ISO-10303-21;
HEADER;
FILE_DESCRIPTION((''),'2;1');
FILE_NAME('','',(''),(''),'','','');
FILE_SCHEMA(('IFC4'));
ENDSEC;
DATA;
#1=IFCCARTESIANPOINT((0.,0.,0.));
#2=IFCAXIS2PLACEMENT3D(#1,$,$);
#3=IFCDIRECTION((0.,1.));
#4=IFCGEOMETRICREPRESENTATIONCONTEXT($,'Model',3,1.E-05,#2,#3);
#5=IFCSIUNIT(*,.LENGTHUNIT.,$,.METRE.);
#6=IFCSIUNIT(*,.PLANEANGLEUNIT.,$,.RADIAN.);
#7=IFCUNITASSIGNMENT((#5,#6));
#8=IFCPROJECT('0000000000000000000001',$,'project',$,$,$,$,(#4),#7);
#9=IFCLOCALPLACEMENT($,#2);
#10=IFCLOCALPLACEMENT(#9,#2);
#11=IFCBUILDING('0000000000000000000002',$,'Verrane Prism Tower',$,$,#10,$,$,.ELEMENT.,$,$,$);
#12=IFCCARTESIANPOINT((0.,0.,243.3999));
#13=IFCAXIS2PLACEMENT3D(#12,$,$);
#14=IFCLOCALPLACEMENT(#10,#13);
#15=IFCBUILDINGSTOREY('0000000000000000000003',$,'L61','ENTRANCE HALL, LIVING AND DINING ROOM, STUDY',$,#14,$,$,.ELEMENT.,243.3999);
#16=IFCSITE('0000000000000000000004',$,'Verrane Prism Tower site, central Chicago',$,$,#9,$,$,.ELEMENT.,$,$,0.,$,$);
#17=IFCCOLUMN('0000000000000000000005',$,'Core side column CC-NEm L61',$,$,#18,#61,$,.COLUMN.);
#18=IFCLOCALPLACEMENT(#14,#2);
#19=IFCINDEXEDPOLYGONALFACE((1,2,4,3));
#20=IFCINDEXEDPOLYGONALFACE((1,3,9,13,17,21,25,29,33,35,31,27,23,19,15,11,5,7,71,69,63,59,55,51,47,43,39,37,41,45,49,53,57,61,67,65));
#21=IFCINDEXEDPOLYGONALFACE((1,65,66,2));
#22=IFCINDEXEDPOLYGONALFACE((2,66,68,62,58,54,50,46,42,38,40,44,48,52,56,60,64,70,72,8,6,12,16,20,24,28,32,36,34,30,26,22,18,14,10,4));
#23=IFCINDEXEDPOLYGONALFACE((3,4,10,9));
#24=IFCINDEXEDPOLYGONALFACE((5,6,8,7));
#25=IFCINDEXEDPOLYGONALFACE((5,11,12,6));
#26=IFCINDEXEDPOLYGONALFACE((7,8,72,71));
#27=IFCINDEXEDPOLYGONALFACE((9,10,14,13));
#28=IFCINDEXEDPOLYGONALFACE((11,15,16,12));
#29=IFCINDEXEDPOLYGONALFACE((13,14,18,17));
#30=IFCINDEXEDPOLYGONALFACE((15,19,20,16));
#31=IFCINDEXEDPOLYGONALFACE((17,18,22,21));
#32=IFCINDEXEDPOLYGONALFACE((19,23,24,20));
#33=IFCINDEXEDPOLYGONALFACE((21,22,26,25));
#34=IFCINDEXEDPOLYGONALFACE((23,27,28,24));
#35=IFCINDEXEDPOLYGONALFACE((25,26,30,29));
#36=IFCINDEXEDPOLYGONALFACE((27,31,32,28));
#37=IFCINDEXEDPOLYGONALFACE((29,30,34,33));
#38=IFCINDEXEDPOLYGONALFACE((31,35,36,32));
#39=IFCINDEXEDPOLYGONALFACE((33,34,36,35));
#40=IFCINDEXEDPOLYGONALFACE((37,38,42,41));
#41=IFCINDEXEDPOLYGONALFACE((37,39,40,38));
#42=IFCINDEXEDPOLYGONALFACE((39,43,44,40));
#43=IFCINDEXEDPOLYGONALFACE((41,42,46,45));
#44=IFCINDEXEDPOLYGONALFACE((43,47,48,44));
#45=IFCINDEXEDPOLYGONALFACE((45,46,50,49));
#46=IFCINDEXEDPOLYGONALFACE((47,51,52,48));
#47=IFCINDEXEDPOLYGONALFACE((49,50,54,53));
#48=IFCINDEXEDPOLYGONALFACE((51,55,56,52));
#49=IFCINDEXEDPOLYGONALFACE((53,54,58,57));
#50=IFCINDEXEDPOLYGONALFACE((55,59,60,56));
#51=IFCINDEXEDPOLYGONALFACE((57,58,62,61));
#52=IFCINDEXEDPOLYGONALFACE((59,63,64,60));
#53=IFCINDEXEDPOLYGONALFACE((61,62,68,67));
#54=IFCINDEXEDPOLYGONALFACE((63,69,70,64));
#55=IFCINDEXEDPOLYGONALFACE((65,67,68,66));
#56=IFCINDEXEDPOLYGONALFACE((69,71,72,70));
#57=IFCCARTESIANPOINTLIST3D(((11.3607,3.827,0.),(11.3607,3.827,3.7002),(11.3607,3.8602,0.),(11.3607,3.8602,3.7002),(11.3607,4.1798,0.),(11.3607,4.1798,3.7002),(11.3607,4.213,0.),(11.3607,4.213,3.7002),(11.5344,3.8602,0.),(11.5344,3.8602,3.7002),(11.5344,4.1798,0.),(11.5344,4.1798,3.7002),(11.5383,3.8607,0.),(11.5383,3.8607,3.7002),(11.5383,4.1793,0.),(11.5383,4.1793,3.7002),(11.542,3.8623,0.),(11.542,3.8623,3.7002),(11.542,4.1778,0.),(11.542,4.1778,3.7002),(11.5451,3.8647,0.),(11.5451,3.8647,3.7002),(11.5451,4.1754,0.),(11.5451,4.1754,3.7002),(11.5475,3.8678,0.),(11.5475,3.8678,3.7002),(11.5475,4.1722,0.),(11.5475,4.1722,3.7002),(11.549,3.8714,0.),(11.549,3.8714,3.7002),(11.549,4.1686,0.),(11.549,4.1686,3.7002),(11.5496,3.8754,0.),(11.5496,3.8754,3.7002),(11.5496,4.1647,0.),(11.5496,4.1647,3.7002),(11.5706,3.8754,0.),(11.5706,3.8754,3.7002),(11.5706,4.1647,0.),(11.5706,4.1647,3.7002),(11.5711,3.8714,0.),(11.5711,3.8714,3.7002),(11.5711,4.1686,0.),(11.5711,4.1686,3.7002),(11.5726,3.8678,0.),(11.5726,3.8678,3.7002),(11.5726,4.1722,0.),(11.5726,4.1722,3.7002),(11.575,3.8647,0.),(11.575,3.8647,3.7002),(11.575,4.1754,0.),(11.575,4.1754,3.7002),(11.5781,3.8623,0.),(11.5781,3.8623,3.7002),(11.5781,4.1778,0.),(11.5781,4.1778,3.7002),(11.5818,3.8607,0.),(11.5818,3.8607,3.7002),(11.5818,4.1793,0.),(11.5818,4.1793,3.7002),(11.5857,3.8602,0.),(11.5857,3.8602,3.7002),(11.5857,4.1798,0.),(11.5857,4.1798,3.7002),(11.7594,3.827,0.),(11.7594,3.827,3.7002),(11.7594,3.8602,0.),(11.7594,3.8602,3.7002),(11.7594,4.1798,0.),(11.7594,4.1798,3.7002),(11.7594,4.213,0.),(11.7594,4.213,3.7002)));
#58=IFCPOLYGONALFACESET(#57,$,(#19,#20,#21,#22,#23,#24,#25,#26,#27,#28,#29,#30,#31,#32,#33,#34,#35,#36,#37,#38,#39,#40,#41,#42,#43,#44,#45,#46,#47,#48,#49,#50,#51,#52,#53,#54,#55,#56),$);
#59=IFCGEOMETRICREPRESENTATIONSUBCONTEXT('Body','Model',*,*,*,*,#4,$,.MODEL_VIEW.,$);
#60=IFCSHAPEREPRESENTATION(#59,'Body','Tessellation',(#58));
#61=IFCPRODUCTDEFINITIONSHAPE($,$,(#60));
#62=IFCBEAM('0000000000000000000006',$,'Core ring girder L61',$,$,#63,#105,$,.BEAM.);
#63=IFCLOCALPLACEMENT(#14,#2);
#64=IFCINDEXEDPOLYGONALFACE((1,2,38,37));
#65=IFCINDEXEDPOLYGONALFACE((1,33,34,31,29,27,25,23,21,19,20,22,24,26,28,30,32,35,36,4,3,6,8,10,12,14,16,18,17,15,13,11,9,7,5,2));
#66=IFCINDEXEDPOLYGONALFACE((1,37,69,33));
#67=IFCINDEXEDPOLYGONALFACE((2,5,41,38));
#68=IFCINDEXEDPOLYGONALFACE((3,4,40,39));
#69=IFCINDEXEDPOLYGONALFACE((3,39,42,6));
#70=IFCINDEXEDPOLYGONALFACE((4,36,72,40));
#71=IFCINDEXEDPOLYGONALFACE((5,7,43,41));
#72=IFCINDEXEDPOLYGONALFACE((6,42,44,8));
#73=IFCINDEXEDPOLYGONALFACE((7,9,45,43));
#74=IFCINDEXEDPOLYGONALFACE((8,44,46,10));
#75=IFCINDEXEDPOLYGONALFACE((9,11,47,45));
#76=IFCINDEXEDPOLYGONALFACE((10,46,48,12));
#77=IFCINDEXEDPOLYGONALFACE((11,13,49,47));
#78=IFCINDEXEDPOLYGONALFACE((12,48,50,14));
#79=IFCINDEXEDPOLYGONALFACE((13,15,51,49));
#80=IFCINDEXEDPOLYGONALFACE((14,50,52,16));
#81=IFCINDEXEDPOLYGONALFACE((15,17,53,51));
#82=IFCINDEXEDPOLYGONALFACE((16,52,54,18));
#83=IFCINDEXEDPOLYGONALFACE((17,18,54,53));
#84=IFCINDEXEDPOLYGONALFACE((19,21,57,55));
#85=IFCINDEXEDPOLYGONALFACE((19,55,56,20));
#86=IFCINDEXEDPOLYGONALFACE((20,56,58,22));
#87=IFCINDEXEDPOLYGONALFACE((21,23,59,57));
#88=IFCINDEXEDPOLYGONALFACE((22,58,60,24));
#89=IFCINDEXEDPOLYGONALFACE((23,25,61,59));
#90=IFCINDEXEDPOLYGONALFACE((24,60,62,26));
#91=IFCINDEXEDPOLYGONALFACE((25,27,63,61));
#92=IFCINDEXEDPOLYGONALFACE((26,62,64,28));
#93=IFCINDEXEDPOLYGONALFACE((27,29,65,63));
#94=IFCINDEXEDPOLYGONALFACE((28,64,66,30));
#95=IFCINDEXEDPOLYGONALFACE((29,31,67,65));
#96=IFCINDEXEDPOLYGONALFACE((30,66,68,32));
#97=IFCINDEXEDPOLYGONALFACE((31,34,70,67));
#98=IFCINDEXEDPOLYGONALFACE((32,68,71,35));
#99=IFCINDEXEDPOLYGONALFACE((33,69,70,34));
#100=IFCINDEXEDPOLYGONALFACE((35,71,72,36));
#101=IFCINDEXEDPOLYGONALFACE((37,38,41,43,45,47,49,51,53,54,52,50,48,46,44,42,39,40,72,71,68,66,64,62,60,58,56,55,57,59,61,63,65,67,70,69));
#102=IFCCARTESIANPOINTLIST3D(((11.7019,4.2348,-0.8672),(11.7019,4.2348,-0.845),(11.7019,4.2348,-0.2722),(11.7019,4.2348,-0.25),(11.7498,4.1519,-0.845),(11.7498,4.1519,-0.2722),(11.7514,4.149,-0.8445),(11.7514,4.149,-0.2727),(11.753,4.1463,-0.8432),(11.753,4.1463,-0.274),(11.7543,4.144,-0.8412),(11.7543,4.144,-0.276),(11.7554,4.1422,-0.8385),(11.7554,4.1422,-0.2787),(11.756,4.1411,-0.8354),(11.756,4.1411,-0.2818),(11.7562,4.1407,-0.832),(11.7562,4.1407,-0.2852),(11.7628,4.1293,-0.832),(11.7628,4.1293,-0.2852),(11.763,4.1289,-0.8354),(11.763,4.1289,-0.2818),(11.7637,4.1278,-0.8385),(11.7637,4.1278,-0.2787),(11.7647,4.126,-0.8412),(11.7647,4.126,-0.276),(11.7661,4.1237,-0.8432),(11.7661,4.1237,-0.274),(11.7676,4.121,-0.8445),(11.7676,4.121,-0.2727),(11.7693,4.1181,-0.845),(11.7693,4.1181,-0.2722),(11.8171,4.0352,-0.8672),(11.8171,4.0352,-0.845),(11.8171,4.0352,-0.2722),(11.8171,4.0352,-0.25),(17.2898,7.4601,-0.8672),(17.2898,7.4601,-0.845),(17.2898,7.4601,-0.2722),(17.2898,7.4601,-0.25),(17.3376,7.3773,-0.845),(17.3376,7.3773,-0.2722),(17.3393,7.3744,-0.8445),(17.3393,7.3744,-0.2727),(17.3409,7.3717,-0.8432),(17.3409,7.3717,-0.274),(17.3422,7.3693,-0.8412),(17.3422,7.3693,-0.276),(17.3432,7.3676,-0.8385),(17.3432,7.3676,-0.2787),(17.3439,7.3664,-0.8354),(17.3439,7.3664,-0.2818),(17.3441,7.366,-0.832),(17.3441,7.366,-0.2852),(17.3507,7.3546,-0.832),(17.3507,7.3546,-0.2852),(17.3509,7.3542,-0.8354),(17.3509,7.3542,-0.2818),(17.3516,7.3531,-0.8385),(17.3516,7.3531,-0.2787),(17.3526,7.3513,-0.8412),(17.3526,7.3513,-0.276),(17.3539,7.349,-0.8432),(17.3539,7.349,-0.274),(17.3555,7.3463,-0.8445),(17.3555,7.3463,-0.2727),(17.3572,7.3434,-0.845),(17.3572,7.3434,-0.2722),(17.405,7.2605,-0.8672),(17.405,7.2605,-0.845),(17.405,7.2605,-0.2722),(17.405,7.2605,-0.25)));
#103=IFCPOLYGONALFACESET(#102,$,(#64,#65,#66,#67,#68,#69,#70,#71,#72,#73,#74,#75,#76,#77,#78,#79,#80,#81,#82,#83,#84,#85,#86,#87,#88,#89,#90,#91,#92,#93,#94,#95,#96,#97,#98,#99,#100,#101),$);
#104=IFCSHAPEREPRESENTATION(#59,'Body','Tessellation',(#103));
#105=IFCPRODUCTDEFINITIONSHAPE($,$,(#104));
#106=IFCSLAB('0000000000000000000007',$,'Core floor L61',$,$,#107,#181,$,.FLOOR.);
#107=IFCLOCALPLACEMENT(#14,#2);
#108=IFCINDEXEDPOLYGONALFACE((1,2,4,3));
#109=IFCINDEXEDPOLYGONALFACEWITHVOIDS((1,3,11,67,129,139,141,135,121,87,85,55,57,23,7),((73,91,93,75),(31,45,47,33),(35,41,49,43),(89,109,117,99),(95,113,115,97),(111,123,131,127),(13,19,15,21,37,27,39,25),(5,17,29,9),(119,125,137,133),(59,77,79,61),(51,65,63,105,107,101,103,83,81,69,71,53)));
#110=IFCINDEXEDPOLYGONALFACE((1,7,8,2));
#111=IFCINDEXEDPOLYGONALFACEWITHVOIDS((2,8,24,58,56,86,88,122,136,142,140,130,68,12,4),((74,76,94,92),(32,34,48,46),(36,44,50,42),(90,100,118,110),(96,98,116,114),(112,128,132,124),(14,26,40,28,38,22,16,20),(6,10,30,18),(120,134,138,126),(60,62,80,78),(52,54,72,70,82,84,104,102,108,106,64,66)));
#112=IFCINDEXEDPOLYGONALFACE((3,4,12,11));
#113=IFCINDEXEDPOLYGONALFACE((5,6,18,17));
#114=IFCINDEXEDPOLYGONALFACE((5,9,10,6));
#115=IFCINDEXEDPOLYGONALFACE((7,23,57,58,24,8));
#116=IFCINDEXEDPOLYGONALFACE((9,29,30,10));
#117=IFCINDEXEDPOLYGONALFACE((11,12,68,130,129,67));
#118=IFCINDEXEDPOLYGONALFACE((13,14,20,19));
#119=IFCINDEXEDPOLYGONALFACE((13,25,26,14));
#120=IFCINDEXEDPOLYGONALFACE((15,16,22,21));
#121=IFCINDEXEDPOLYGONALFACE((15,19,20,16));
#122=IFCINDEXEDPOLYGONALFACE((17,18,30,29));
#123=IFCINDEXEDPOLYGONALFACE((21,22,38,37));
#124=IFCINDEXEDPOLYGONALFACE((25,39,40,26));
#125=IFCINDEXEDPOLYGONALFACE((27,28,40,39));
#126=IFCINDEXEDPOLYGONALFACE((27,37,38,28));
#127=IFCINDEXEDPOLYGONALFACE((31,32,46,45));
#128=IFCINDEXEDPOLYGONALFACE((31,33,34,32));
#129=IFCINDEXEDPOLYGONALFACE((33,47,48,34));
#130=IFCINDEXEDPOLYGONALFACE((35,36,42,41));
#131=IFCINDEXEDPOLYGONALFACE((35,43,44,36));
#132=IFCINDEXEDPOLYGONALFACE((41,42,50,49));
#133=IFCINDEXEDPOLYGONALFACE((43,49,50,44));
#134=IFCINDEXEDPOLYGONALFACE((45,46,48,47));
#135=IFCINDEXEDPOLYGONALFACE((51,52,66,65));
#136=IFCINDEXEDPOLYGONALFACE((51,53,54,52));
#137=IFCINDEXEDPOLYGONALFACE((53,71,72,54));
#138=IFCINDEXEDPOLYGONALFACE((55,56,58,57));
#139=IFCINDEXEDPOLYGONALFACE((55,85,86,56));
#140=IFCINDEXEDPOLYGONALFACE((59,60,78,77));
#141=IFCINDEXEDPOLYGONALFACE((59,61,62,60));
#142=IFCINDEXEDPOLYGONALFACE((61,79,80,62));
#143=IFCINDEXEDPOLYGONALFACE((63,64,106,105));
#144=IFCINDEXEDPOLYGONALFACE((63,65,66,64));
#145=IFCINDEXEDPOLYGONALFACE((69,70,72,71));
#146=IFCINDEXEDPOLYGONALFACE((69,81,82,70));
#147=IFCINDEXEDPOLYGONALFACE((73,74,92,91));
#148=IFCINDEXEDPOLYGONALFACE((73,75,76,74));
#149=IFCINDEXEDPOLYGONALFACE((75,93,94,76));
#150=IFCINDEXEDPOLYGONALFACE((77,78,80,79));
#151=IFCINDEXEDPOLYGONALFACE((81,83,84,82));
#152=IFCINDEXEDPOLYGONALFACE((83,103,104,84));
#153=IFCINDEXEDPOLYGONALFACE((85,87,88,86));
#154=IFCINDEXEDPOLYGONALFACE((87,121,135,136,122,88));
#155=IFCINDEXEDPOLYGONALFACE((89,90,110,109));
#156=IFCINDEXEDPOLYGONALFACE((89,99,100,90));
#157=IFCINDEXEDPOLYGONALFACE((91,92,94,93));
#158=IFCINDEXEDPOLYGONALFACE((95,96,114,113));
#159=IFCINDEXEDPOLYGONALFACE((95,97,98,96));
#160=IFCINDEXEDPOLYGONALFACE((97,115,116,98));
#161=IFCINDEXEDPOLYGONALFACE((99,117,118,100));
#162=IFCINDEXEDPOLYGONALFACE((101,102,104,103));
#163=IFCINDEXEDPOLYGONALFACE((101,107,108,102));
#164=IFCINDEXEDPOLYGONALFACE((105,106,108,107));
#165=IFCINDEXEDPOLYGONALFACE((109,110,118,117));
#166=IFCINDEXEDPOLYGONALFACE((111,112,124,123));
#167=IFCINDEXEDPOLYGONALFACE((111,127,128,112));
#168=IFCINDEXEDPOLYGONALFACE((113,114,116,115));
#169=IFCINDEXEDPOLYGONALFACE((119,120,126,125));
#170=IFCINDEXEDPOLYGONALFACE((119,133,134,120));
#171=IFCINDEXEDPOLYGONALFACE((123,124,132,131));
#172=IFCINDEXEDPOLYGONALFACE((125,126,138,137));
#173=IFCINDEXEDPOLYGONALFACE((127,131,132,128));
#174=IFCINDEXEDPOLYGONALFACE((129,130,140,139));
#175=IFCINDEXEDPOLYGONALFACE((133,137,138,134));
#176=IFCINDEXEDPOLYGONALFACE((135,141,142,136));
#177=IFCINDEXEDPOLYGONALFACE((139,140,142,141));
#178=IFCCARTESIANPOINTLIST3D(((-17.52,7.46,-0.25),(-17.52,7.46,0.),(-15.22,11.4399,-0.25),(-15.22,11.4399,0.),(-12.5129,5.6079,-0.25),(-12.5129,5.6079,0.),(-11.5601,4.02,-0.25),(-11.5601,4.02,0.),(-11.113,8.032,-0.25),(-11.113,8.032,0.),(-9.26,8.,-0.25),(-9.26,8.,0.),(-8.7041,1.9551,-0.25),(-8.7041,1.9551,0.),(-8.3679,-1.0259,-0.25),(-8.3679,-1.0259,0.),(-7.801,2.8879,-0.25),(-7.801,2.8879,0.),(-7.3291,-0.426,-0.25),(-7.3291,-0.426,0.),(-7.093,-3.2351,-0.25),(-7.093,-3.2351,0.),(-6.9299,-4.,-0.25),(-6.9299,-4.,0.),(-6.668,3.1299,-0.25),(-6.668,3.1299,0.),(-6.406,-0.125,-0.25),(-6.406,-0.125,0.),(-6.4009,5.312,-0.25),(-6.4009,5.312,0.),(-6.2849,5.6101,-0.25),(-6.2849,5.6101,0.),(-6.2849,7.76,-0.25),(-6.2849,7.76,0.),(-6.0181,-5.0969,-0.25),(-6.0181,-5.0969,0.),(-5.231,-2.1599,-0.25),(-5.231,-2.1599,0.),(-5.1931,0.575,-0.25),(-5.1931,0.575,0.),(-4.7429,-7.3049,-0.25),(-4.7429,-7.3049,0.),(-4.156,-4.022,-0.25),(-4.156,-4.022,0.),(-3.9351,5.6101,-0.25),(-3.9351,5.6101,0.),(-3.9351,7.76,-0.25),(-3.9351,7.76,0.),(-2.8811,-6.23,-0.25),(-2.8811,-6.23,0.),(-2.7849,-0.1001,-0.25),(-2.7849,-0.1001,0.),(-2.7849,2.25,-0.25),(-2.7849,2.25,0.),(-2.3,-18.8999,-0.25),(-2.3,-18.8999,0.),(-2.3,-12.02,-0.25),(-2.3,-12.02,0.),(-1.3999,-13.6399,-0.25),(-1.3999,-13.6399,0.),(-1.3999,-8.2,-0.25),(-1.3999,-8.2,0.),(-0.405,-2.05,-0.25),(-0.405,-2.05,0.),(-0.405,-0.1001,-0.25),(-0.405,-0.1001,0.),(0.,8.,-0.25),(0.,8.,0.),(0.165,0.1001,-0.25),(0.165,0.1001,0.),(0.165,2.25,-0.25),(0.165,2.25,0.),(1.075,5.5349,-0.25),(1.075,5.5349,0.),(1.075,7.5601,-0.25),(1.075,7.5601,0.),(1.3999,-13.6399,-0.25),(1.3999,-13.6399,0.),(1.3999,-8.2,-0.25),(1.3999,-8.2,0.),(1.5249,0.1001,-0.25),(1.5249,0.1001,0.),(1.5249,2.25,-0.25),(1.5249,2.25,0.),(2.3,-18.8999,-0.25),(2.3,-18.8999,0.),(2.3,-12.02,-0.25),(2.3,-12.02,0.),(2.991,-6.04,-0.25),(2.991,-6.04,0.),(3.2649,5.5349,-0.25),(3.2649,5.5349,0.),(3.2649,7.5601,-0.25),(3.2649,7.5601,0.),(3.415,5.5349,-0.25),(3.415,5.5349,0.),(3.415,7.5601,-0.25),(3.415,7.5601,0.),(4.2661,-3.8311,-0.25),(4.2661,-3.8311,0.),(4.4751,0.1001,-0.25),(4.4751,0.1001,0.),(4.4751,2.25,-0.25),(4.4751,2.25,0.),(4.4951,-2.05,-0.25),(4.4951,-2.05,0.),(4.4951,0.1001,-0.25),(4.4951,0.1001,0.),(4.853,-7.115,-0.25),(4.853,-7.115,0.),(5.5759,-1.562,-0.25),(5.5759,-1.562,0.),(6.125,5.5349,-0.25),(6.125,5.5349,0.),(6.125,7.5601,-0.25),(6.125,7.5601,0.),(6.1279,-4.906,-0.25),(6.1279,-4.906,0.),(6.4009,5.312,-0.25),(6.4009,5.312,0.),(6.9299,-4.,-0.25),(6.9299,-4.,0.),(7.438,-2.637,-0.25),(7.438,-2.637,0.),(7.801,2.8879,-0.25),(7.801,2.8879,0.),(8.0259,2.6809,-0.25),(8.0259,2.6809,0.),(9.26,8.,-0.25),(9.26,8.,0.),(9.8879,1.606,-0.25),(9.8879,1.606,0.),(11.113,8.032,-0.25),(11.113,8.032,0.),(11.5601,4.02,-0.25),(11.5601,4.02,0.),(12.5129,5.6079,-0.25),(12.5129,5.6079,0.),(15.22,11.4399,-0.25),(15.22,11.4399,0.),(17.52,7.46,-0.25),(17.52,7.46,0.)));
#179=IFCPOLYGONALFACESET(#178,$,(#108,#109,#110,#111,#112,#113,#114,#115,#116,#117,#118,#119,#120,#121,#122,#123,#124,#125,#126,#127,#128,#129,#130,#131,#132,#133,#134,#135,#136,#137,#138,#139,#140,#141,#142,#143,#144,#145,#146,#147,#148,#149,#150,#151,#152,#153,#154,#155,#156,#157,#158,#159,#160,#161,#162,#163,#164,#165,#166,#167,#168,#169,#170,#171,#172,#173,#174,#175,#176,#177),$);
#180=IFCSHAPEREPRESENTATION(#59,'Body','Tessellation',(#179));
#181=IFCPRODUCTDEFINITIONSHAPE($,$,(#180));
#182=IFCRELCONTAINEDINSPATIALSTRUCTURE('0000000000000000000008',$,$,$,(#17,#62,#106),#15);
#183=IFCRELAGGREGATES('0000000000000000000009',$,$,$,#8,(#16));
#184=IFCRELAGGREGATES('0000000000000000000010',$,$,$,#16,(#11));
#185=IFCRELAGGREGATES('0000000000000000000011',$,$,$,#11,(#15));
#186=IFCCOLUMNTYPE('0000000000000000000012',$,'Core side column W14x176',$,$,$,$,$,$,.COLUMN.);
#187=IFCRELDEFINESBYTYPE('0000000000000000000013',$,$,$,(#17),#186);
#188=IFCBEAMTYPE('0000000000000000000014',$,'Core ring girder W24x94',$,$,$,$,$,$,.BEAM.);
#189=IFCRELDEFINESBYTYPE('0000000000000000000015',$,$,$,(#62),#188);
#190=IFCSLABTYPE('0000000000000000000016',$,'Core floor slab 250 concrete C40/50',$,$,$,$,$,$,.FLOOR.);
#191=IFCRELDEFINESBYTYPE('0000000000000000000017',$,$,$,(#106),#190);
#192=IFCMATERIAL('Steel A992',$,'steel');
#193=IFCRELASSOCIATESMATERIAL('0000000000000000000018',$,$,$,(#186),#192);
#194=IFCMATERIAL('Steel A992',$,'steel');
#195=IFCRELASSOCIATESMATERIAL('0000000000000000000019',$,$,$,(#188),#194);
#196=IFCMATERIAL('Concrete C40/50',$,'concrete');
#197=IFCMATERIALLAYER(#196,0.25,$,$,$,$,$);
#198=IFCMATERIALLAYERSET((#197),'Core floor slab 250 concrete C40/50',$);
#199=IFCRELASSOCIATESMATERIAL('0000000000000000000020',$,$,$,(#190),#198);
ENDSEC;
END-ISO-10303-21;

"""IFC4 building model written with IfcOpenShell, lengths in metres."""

from ifc_helpers import new_model, si_unit, direction, frame, origin, origin_2d, place, context, subcontext, project, spatial, polyline, i_section, outline, extrude, material, layer, layer_set, material_profile, profile_set, type_object, element, save


model = new_model("IFC4")

# Units and contexts
model_context = context("Model", 3, precision=1e-05, world=origin(), true_north=direction((0.0, 1.0)))
body_context = subcontext(model_context, "Body", "Model", "MODEL_VIEW")
ifc_project = project(units=[si_unit("LENGTHUNIT", "METRE"), si_unit("PLANEANGLEUNIT", "RADIAN")], contexts=[model_context])

# Site, building, storey
site_placement = place(None, origin())
site = spatial("IfcSite", under=ifc_project, at=site_placement, Name="Verrane Prism Tower site, central Chicago", CompositionType="ELEMENT", RefElevation=0.0)
building_placement = place(site_placement, origin())
building = spatial("IfcBuilding", under=site, at=building_placement, Name="Verrane Prism Tower", CompositionType="ELEMENT")
storey_placement = place(building_placement, frame((0.0, 0.0, 243.3999)))
storey = spatial("IfcBuildingStorey", under=building, at=storey_placement, Name="L61", Description="ENTRANCE HALL, LIVING AND DINING ROOM, STUDY", CompositionType="ELEMENT", Elevation=243.3999)

# Column
ifc_material_1 = material(Name="Steel A992", Category="steel")
ifc_material_profile_1 = material_profile(ifc_material_1, i_section(OverallWidth=0.3987, OverallDepth=0.386, WebThickness=0.021, FlangeThickness=0.0332, FilletRadius=0.0151, at=origin_2d()), Name="W14x176")
ifc_profile_set_1 = profile_set([ifc_material_profile_1], Name="Steel A992")
column_type = type_object("IfcColumnType", Name="Core side column W14x176", PredefinedType="COLUMN", material=ifc_profile_set_1)
column_placement = place(storey_placement, frame((11.5601, 4.02, 0.0), z_axis=(0.0, 0.0, 1.0), x_axis=(1.0, 0.0, 0.0)))
element("IfcColumn", 1, at=column_placement, inside=storey, type_object=column_type, Name="Core side column CC-NEm L61", PredefinedType="COLUMN", context=body_context, shape_type="SweptSolid", body=[
    extrude(i_section(OverallWidth=0.3987, OverallDepth=0.386, WebThickness=0.021, FlangeThickness=0.0332, FilletRadius=0.0151, at=origin_2d()), origin(), (0.0, 0.0, 1.0), 3.7002),
])

# Beam
ifc_material_2 = material(Name="Steel A992", Category="steel")
ifc_material_profile_2 = material_profile(ifc_material_2, i_section(OverallWidth=0.2305, OverallDepth=0.6172, WebThickness=0.0132, FlangeThickness=0.0222, FilletRadius=0.0129, at=origin_2d()), Name="W24x94")
ifc_profile_set_2 = profile_set([ifc_material_profile_2], Name="Steel A992")
beam_type = type_object("IfcBeamType", Name="Core ring girder W24x94", PredefinedType="BEAM", material=ifc_profile_set_2)
beam_placement = place(storey_placement, frame((11.7595, 4.135, -0.5586), z_axis=(0.866081, 0.499904, 0.0), x_axis=(-0.499904, 0.866081, 0.0)))
element("IfcBeam", 2, at=beam_placement, inside=storey, type_object=beam_type, Name="Core ring girder L61", PredefinedType="BEAM", context=body_context, shape_type="SweptSolid", body=[
    extrude(i_section(OverallWidth=0.2305, OverallDepth=0.6172, WebThickness=0.0132, FlangeThickness=0.0222, FilletRadius=0.0129, at=origin_2d()), origin(), (0.0, 0.0, 1.0), 6.4519),
])

# Slab
ifc_material_3 = material(Name="Concrete C40/50", Category="concrete")
ifc_layer_1 = layer(ifc_material_3, 0.25)
ifc_layer_set_1 = layer_set([ifc_layer_1], Name="Core floor slab 250 concrete C40/50")
slab_type_1 = type_object("IfcSlabType", Name="Core floor slab 250 concrete C40/50", PredefinedType="FLOOR", material=ifc_layer_set_1)
slab_1_placement = place(storey_placement, frame((0.0, 0.0, -0.25)))
element("IfcSlab", 3, at=slab_1_placement, inside=storey, type_object=slab_type_1, Name="Core floor L61", PredefinedType="FLOOR", context=body_context, shape_type="SweptSolid", body=[
    extrude(outline(polyline([(11.5601, 4.02), (17.52, 7.46), (15.22, 11.4399), (9.26, 8.0), (0.0, 8.0), (-9.26, 8.0), (-15.22, 11.4399), (-17.52, 7.46), (-11.5601, 4.02), (-6.9299, -4.0), (-2.3, -12.02), (-2.3, -18.8999), (2.3, -18.8999), (2.3, -12.02), (6.9299, -4.0), (11.5601, 4.02)]), holes=[polyline([(1.3999, -8.2), (1.3999, -13.6399), (-1.3999, -13.6399), (-1.3999, -8.2), (1.3999, -8.2)]), polyline([(-2.8811, -6.23), (-4.7429, -7.3049), (-6.0181, -5.0969), (-4.156, -4.022), (-2.8811, -6.23)]), polyline([(-7.801, 2.8879), (-12.5129, 5.6079), (-11.113, 8.032), (-6.4009, 5.312), (-7.801, 2.8879)]), polyline([(-6.2849, 5.6101), (-6.2849, 7.76), (-3.9351, 7.76), (-3.9351, 5.6101), (-6.2849, 5.6101)]), polyline([(4.2661, -3.8311), (6.1279, -4.906), (4.853, -7.115), (2.991, -6.04), (4.2661, -3.8311)]), polyline([(7.438, -2.637), (5.5759, -1.562), (8.0259, 2.6809), (9.8879, 1.606), (7.438, -2.637)]), polyline([(0.165, 0.1001), (1.5249, 0.1001), (1.5249, 2.25), (4.4751, 2.25), (4.4751, 0.1001), (4.4951, 0.1001), (4.4951, -2.05), (-0.405, -2.05), (-0.405, -0.1001), (-2.7849, -0.1001), (-2.7849, 2.25), (0.165, 2.25), (0.165, 0.1001)]), polyline([(6.4009, 5.312), (11.113, 8.032), (12.5129, 5.6079), (7.801, 2.8879), (6.4009, 5.312)]), polyline([(1.075, 5.5349), (1.075, 7.5601), (3.2649, 7.5601), (3.2649, 5.5349), (1.075, 5.5349)]), polyline([(3.415, 7.5601), (6.125, 7.5601), (6.125, 5.5349), (3.415, 5.5349), (3.415, 7.5601)]), polyline([(-5.231, -2.1599), (-7.093, -3.2351), (-8.3679, -1.0259), (-7.3291, -0.426), (-8.7041, 1.9551), (-6.668, 3.1299), (-5.1931, 0.575), (-6.406, -0.125), (-5.231, -2.1599)])]), origin(), (0.0, 0.0, 1.0), 0.25),
])

save(model, "model.ifc")
